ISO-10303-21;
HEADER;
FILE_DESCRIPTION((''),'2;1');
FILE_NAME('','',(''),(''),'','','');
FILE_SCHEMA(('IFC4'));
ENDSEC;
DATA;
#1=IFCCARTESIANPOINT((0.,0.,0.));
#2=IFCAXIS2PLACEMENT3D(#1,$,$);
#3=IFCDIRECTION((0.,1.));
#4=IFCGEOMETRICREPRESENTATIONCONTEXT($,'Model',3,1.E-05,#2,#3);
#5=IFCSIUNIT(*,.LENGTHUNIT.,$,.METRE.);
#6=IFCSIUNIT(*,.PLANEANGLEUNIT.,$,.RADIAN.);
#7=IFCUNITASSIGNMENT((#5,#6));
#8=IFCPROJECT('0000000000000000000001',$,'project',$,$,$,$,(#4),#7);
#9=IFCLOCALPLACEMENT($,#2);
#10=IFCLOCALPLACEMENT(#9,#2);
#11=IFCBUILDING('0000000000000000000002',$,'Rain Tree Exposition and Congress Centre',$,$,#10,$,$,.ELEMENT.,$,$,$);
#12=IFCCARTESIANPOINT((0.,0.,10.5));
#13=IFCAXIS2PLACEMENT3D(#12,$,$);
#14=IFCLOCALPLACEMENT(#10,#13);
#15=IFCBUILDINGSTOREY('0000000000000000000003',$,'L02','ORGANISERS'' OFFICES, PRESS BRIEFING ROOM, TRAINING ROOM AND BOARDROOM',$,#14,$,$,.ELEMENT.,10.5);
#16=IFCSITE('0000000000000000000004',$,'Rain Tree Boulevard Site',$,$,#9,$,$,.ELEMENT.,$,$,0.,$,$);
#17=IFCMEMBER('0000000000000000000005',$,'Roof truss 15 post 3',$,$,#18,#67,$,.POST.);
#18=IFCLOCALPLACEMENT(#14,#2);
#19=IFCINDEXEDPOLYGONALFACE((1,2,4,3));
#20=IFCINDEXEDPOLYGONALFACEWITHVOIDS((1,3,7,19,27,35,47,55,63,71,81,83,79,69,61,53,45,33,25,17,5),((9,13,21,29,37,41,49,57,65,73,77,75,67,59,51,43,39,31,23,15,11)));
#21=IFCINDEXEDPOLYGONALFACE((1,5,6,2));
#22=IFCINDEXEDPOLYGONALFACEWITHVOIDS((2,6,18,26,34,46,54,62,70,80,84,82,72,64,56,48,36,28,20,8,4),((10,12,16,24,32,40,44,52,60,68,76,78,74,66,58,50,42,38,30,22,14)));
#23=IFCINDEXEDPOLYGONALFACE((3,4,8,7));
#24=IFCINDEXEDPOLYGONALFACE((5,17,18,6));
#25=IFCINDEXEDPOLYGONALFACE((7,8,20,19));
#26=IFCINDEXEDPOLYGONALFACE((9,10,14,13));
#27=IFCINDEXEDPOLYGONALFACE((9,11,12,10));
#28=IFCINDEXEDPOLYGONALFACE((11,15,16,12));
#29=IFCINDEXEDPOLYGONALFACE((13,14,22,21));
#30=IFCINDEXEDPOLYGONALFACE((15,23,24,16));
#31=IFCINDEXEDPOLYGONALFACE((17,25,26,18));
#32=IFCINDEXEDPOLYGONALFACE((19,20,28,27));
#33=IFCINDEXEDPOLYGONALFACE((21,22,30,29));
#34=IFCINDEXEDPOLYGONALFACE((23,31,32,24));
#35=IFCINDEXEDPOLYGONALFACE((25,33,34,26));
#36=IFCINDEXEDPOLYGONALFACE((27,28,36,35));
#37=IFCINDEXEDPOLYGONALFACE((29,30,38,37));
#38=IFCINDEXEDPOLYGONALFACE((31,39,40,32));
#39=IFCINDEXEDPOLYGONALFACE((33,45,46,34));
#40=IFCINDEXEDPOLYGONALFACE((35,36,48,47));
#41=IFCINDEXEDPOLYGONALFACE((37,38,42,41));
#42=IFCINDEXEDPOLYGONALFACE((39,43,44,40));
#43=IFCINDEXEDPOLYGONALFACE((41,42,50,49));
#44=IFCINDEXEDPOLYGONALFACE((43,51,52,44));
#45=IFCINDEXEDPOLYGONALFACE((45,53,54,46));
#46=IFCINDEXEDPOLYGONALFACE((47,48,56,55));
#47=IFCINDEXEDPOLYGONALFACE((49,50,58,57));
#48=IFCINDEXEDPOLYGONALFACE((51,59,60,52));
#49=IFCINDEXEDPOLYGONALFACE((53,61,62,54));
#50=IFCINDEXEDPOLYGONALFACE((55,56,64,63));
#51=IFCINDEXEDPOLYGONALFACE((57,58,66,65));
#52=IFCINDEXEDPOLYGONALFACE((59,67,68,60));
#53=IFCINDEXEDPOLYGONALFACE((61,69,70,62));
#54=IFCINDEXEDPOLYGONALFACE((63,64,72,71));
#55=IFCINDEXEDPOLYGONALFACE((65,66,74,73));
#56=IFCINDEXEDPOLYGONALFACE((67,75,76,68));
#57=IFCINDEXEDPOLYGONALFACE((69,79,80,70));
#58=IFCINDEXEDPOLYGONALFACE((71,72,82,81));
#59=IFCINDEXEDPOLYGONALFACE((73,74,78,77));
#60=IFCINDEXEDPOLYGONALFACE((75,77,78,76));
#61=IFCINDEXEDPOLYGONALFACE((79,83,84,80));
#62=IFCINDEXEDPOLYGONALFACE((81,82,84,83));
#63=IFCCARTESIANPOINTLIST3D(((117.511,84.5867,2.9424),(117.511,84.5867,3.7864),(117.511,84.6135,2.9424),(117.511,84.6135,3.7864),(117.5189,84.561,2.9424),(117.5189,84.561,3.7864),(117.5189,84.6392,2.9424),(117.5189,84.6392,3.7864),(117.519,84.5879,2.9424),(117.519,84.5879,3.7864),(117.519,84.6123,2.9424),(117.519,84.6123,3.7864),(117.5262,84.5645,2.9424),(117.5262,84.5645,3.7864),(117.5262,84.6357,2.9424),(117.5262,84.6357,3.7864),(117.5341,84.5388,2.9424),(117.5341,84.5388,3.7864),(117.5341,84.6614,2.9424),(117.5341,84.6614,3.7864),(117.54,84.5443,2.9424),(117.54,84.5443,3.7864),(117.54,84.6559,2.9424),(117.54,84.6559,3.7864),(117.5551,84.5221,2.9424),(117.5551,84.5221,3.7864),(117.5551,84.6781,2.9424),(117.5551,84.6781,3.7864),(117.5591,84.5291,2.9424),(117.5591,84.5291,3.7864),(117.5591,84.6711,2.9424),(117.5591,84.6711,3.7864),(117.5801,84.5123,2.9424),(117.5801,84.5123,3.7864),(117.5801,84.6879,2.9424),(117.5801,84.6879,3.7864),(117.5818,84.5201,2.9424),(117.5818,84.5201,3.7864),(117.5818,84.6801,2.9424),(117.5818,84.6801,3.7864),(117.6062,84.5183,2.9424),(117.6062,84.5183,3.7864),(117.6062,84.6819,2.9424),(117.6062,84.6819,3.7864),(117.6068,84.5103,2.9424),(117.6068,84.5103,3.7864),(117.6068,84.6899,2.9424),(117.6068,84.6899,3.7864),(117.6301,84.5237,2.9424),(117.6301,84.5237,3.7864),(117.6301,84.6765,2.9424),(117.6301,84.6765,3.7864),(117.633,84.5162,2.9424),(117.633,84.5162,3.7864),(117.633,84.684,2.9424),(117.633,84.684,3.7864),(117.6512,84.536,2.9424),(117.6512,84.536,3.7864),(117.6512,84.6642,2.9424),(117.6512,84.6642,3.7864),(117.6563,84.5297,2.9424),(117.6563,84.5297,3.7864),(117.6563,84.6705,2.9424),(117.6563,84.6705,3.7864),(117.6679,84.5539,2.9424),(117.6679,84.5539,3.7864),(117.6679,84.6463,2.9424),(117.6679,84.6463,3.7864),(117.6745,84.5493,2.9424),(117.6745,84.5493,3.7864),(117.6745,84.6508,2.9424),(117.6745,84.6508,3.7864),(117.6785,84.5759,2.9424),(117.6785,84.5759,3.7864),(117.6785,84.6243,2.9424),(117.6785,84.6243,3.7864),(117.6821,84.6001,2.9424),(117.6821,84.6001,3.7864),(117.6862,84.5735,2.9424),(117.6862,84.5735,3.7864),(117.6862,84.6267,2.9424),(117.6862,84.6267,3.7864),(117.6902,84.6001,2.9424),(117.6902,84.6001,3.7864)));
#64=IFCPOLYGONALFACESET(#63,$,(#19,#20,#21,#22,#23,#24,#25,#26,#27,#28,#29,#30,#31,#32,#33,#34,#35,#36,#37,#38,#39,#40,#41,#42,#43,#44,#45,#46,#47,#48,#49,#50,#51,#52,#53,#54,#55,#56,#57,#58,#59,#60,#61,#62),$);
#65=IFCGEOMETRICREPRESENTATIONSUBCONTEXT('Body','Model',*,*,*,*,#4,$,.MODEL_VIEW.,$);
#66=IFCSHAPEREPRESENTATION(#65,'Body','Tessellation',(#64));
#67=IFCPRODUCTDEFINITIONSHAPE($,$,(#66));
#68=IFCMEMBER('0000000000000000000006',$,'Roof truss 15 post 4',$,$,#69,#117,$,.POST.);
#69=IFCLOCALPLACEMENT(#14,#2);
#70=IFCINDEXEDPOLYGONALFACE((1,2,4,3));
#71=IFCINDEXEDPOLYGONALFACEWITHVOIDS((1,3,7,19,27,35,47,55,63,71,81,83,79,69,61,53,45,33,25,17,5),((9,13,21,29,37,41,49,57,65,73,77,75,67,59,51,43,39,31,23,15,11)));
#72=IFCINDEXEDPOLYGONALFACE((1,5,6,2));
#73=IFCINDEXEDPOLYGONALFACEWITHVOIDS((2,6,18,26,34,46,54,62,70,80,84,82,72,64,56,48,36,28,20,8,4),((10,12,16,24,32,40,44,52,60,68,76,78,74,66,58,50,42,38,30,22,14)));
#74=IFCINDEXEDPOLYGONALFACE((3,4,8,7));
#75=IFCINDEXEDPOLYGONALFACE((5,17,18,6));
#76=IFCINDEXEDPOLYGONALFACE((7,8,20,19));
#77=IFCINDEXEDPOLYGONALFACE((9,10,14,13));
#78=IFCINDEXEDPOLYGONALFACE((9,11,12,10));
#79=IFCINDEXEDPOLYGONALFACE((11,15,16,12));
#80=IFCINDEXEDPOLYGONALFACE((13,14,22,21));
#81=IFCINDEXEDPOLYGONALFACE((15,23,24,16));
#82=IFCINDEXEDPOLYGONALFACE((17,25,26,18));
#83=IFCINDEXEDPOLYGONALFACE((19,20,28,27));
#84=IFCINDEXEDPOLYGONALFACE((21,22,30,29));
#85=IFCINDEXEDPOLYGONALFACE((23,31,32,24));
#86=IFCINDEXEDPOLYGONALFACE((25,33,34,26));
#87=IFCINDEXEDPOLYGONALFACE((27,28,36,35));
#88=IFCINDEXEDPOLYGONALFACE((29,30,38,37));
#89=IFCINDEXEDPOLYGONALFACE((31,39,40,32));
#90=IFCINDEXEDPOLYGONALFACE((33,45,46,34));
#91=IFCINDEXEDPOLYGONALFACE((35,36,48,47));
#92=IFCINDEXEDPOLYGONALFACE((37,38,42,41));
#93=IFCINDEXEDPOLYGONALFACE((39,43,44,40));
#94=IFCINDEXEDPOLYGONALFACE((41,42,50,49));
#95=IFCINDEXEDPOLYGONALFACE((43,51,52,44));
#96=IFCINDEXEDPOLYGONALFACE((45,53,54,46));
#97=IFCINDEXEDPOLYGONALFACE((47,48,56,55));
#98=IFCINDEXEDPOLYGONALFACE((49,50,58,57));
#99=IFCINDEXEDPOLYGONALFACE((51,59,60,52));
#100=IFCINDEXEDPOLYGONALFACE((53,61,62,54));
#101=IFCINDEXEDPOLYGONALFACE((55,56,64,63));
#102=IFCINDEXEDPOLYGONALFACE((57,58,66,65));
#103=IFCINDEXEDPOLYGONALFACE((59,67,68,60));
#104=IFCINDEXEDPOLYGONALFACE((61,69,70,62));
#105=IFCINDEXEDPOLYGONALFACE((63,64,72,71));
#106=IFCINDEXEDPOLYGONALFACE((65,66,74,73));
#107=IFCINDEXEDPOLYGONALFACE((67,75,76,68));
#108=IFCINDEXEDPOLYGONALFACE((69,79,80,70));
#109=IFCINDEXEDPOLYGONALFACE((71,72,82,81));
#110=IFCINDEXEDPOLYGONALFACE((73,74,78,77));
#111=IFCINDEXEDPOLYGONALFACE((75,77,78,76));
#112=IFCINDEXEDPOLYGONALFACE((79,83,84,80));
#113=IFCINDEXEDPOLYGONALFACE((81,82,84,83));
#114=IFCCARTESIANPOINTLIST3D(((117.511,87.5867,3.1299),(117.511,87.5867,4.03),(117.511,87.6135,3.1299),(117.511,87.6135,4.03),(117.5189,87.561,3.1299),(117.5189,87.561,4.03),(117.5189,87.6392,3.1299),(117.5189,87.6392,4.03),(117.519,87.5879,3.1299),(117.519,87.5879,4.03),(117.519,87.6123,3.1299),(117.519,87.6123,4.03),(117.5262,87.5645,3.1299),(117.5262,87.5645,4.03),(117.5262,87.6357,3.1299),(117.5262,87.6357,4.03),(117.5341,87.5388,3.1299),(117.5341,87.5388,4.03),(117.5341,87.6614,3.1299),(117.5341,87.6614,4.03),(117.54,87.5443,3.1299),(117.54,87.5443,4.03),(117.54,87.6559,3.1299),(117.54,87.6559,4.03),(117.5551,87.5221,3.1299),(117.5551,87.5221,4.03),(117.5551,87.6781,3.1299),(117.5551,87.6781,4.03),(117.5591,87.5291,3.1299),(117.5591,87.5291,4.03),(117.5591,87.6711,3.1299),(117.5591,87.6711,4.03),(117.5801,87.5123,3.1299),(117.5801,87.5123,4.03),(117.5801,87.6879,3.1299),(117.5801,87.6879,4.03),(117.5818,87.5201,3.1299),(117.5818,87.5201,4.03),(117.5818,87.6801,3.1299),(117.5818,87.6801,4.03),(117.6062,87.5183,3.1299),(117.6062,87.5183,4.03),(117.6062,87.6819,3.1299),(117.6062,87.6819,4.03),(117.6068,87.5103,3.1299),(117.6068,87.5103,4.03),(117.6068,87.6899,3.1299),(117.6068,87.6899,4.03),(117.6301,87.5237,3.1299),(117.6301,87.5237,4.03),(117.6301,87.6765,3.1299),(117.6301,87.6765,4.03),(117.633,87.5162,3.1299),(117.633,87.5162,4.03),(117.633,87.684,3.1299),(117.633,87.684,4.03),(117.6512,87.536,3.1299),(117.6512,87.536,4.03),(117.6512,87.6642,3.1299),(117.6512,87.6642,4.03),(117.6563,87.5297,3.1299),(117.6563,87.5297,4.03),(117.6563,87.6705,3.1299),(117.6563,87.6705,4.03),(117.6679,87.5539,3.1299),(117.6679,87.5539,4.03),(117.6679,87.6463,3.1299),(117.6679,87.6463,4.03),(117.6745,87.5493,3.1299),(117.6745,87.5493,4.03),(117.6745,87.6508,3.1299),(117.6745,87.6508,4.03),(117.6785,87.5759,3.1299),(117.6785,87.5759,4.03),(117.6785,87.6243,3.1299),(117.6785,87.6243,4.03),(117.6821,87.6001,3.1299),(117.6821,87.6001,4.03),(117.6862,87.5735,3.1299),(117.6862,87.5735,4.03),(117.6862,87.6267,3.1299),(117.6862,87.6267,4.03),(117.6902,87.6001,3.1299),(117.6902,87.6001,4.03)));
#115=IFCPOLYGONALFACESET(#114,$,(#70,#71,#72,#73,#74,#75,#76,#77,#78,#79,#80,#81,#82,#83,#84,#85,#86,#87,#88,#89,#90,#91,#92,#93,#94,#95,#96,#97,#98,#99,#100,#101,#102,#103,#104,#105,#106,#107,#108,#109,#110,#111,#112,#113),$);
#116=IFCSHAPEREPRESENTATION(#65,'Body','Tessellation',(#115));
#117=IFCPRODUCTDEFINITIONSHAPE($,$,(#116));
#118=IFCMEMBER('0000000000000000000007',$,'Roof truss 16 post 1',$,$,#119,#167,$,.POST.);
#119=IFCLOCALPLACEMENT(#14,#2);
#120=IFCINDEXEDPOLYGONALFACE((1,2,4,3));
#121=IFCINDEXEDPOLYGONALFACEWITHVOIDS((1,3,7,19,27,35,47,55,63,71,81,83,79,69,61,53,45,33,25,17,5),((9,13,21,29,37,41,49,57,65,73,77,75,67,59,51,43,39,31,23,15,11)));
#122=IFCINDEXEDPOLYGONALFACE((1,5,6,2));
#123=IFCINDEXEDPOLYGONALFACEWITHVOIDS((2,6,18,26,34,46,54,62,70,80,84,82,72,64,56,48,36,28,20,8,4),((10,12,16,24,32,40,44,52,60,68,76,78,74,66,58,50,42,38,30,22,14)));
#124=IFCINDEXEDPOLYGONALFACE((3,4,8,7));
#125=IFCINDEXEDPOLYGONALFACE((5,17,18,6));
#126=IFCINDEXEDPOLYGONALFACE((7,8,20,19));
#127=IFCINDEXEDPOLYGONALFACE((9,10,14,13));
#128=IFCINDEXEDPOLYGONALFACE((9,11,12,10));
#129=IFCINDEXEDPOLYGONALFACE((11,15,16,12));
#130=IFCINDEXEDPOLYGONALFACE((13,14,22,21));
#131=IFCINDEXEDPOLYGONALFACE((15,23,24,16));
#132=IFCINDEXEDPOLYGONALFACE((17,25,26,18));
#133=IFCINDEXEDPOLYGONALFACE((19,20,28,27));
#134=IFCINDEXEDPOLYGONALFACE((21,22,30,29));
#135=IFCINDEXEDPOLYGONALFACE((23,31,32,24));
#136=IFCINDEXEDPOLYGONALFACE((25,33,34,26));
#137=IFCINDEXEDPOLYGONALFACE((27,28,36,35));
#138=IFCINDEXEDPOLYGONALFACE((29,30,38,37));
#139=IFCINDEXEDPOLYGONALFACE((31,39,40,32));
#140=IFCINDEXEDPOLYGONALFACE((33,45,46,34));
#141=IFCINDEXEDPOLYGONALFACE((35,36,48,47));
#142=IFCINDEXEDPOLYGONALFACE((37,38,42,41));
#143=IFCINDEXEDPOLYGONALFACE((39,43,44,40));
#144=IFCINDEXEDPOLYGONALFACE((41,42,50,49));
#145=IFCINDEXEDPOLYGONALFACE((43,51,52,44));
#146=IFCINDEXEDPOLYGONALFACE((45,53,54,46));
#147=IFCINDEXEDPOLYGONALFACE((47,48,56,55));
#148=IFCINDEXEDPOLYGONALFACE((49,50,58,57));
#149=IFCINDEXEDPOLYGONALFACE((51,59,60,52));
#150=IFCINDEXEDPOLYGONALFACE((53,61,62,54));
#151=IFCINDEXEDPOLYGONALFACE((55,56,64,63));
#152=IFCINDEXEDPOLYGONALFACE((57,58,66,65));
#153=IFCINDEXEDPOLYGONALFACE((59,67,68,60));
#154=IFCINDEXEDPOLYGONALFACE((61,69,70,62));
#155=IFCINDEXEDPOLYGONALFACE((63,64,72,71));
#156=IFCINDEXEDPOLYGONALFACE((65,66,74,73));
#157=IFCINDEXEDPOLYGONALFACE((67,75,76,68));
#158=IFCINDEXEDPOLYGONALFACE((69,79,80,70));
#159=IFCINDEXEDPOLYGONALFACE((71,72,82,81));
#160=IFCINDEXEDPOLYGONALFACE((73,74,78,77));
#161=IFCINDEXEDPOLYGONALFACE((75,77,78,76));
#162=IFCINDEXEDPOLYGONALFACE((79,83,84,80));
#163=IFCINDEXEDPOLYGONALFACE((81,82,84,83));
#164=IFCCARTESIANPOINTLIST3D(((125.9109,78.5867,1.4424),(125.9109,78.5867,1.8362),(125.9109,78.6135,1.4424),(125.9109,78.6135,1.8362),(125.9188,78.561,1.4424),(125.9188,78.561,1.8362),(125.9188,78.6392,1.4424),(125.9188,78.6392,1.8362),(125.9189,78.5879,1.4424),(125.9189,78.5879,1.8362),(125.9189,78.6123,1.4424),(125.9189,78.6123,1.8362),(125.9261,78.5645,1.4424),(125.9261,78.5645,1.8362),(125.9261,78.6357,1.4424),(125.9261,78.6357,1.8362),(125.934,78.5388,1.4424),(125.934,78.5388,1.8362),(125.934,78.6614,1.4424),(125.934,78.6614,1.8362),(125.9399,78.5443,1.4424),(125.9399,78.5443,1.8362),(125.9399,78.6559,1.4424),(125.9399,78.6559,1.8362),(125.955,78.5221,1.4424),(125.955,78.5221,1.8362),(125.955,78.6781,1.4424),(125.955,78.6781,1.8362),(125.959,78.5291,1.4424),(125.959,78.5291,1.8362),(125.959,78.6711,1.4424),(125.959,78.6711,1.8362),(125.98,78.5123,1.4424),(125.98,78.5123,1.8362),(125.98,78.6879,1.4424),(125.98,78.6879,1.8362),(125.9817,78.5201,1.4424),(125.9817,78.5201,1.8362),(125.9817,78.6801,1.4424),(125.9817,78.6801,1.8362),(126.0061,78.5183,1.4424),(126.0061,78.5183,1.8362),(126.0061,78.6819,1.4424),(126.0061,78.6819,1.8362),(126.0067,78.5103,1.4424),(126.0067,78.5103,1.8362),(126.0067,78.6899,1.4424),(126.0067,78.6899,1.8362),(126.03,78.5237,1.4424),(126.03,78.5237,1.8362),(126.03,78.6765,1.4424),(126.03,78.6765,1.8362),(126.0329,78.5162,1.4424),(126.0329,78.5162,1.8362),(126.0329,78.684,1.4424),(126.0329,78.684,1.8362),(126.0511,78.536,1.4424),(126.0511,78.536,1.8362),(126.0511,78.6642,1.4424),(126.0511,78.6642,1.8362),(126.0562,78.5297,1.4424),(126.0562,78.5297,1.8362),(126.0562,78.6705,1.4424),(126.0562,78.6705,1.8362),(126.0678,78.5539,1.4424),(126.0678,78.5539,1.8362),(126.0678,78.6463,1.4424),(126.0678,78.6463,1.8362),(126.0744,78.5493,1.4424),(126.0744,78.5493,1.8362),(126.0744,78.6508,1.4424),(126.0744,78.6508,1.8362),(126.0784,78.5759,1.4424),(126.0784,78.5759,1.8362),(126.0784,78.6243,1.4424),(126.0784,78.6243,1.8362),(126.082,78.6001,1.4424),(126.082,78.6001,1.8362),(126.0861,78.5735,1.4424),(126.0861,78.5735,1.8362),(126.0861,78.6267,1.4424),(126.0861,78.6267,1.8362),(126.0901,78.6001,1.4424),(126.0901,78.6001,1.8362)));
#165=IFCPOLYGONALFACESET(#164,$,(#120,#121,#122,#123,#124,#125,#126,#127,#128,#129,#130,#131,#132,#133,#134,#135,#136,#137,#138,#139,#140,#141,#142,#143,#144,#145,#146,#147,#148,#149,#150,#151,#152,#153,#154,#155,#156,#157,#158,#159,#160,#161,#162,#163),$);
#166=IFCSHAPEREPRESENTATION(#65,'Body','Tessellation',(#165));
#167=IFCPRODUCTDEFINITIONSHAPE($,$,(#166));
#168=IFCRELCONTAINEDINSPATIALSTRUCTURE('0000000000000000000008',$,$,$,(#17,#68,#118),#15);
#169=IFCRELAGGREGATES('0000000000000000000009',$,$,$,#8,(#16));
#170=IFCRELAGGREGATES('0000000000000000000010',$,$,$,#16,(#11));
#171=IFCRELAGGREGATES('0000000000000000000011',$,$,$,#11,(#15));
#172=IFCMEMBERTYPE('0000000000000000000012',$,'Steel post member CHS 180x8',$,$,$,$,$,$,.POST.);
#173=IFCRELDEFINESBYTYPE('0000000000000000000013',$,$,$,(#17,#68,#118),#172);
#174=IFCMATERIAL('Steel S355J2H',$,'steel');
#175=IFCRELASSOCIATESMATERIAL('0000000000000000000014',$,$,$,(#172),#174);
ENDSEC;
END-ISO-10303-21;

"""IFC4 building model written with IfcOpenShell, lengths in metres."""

from ifc_helpers import new_model, si_unit, direction, frame, origin, origin_2d, place, context, subcontext, project, spatial, hollow_circle, extrude, material, material_profile, profile_set, type_object, element, save


model = new_model("IFC4")

# Units and contexts
model_context = context("Model", 3, precision=1e-05, world=origin(), true_north=direction((0.0, 1.0)))
body_context = subcontext(model_context, "Body", "Model", "MODEL_VIEW")
ifc_project = project(units=[si_unit("LENGTHUNIT", "METRE"), si_unit("PLANEANGLEUNIT", "RADIAN")], contexts=[model_context])

# Site, building, storey
site_placement = place(None, origin())
site = spatial("IfcSite", under=ifc_project, at=site_placement, Name="Rain Tree Boulevard Site", CompositionType="ELEMENT", RefElevation=0.0)
building_placement = place(site_placement, origin())
building = spatial("IfcBuilding", under=site, at=building_placement, Name="Rain Tree Exposition and Congress Centre", CompositionType="ELEMENT")
storey_placement = place(building_placement, frame((0.0, 0.0, 10.5)))
storey = spatial("IfcBuildingStorey", under=building, at=storey_placement, Name="L02", Description="ORGANISERS' OFFICES, PRESS BRIEFING ROOM, TRAINING ROOM AND BOARDROOM", CompositionType="ELEMENT", Elevation=10.5)

# Members
ifc_material_1 = material(Name="Steel S355J2H", Category="steel")
ifc_material_profile_1 = material_profile(ifc_material_1, hollow_circle(Radius=0.0901, WallThickness=0.0081, at=origin_2d()), Name="CHS 180x8")
ifc_profile_set_1 = profile_set([ifc_material_profile_1], Name="Steel S355J2H")
member_type_1 = type_object("IfcMemberType", Name="Steel post member CHS 180x8", PredefinedType="POST", material=ifc_profile_set_1)
member_1_placement = place(storey_placement, frame((117.6001, 84.6001, 2.9424), z_axis=(0.0, 0.0, 1.0), x_axis=(1.0, 0.0, 0.0)))
element("IfcMember", 1, at=member_1_placement, inside=storey, type_object=member_type_1, Name="Roof truss 15 post 3", PredefinedType="POST", context=body_context, shape_type="SweptSolid", body=[
    extrude(hollow_circle(Radius=0.0901, WallThickness=0.0081, at=origin_2d()), origin(), (0.0, 0.0, 1.0), 0.844),
])
member_2_placement = place(storey_placement, frame((117.6001, 87.6001, 3.1299), z_axis=(0.0, 0.0, 1.0), x_axis=(1.0, 0.0, 0.0)))
element("IfcMember", 2, at=member_2_placement, inside=storey, type_object=member_type_1, Name="Roof truss 15 post 4", PredefinedType="POST", context=body_context, shape_type="SweptSolid", body=[
    extrude(hollow_circle(Radius=0.0901, WallThickness=0.0081, at=origin_2d()), origin(), (0.0, 0.0, 1.0), 0.9001),
])
member_3_placement = place(storey_placement, frame((126.0, 78.6001, 1.4424), z_axis=(0.0, 0.0, 1.0), x_axis=(1.0, 0.0, 0.0)))
element("IfcMember", 3, at=member_3_placement, inside=storey, type_object=member_type_1, Name="Roof truss 16 post 1", PredefinedType="POST", context=body_context, shape_type="SweptSolid", body=[
    extrude(hollow_circle(Radius=0.0901, WallThickness=0.0081, at=origin_2d()), origin(), (0.0, 0.0, 1.0), 0.3938),
])

save(model, "model.ifc")
